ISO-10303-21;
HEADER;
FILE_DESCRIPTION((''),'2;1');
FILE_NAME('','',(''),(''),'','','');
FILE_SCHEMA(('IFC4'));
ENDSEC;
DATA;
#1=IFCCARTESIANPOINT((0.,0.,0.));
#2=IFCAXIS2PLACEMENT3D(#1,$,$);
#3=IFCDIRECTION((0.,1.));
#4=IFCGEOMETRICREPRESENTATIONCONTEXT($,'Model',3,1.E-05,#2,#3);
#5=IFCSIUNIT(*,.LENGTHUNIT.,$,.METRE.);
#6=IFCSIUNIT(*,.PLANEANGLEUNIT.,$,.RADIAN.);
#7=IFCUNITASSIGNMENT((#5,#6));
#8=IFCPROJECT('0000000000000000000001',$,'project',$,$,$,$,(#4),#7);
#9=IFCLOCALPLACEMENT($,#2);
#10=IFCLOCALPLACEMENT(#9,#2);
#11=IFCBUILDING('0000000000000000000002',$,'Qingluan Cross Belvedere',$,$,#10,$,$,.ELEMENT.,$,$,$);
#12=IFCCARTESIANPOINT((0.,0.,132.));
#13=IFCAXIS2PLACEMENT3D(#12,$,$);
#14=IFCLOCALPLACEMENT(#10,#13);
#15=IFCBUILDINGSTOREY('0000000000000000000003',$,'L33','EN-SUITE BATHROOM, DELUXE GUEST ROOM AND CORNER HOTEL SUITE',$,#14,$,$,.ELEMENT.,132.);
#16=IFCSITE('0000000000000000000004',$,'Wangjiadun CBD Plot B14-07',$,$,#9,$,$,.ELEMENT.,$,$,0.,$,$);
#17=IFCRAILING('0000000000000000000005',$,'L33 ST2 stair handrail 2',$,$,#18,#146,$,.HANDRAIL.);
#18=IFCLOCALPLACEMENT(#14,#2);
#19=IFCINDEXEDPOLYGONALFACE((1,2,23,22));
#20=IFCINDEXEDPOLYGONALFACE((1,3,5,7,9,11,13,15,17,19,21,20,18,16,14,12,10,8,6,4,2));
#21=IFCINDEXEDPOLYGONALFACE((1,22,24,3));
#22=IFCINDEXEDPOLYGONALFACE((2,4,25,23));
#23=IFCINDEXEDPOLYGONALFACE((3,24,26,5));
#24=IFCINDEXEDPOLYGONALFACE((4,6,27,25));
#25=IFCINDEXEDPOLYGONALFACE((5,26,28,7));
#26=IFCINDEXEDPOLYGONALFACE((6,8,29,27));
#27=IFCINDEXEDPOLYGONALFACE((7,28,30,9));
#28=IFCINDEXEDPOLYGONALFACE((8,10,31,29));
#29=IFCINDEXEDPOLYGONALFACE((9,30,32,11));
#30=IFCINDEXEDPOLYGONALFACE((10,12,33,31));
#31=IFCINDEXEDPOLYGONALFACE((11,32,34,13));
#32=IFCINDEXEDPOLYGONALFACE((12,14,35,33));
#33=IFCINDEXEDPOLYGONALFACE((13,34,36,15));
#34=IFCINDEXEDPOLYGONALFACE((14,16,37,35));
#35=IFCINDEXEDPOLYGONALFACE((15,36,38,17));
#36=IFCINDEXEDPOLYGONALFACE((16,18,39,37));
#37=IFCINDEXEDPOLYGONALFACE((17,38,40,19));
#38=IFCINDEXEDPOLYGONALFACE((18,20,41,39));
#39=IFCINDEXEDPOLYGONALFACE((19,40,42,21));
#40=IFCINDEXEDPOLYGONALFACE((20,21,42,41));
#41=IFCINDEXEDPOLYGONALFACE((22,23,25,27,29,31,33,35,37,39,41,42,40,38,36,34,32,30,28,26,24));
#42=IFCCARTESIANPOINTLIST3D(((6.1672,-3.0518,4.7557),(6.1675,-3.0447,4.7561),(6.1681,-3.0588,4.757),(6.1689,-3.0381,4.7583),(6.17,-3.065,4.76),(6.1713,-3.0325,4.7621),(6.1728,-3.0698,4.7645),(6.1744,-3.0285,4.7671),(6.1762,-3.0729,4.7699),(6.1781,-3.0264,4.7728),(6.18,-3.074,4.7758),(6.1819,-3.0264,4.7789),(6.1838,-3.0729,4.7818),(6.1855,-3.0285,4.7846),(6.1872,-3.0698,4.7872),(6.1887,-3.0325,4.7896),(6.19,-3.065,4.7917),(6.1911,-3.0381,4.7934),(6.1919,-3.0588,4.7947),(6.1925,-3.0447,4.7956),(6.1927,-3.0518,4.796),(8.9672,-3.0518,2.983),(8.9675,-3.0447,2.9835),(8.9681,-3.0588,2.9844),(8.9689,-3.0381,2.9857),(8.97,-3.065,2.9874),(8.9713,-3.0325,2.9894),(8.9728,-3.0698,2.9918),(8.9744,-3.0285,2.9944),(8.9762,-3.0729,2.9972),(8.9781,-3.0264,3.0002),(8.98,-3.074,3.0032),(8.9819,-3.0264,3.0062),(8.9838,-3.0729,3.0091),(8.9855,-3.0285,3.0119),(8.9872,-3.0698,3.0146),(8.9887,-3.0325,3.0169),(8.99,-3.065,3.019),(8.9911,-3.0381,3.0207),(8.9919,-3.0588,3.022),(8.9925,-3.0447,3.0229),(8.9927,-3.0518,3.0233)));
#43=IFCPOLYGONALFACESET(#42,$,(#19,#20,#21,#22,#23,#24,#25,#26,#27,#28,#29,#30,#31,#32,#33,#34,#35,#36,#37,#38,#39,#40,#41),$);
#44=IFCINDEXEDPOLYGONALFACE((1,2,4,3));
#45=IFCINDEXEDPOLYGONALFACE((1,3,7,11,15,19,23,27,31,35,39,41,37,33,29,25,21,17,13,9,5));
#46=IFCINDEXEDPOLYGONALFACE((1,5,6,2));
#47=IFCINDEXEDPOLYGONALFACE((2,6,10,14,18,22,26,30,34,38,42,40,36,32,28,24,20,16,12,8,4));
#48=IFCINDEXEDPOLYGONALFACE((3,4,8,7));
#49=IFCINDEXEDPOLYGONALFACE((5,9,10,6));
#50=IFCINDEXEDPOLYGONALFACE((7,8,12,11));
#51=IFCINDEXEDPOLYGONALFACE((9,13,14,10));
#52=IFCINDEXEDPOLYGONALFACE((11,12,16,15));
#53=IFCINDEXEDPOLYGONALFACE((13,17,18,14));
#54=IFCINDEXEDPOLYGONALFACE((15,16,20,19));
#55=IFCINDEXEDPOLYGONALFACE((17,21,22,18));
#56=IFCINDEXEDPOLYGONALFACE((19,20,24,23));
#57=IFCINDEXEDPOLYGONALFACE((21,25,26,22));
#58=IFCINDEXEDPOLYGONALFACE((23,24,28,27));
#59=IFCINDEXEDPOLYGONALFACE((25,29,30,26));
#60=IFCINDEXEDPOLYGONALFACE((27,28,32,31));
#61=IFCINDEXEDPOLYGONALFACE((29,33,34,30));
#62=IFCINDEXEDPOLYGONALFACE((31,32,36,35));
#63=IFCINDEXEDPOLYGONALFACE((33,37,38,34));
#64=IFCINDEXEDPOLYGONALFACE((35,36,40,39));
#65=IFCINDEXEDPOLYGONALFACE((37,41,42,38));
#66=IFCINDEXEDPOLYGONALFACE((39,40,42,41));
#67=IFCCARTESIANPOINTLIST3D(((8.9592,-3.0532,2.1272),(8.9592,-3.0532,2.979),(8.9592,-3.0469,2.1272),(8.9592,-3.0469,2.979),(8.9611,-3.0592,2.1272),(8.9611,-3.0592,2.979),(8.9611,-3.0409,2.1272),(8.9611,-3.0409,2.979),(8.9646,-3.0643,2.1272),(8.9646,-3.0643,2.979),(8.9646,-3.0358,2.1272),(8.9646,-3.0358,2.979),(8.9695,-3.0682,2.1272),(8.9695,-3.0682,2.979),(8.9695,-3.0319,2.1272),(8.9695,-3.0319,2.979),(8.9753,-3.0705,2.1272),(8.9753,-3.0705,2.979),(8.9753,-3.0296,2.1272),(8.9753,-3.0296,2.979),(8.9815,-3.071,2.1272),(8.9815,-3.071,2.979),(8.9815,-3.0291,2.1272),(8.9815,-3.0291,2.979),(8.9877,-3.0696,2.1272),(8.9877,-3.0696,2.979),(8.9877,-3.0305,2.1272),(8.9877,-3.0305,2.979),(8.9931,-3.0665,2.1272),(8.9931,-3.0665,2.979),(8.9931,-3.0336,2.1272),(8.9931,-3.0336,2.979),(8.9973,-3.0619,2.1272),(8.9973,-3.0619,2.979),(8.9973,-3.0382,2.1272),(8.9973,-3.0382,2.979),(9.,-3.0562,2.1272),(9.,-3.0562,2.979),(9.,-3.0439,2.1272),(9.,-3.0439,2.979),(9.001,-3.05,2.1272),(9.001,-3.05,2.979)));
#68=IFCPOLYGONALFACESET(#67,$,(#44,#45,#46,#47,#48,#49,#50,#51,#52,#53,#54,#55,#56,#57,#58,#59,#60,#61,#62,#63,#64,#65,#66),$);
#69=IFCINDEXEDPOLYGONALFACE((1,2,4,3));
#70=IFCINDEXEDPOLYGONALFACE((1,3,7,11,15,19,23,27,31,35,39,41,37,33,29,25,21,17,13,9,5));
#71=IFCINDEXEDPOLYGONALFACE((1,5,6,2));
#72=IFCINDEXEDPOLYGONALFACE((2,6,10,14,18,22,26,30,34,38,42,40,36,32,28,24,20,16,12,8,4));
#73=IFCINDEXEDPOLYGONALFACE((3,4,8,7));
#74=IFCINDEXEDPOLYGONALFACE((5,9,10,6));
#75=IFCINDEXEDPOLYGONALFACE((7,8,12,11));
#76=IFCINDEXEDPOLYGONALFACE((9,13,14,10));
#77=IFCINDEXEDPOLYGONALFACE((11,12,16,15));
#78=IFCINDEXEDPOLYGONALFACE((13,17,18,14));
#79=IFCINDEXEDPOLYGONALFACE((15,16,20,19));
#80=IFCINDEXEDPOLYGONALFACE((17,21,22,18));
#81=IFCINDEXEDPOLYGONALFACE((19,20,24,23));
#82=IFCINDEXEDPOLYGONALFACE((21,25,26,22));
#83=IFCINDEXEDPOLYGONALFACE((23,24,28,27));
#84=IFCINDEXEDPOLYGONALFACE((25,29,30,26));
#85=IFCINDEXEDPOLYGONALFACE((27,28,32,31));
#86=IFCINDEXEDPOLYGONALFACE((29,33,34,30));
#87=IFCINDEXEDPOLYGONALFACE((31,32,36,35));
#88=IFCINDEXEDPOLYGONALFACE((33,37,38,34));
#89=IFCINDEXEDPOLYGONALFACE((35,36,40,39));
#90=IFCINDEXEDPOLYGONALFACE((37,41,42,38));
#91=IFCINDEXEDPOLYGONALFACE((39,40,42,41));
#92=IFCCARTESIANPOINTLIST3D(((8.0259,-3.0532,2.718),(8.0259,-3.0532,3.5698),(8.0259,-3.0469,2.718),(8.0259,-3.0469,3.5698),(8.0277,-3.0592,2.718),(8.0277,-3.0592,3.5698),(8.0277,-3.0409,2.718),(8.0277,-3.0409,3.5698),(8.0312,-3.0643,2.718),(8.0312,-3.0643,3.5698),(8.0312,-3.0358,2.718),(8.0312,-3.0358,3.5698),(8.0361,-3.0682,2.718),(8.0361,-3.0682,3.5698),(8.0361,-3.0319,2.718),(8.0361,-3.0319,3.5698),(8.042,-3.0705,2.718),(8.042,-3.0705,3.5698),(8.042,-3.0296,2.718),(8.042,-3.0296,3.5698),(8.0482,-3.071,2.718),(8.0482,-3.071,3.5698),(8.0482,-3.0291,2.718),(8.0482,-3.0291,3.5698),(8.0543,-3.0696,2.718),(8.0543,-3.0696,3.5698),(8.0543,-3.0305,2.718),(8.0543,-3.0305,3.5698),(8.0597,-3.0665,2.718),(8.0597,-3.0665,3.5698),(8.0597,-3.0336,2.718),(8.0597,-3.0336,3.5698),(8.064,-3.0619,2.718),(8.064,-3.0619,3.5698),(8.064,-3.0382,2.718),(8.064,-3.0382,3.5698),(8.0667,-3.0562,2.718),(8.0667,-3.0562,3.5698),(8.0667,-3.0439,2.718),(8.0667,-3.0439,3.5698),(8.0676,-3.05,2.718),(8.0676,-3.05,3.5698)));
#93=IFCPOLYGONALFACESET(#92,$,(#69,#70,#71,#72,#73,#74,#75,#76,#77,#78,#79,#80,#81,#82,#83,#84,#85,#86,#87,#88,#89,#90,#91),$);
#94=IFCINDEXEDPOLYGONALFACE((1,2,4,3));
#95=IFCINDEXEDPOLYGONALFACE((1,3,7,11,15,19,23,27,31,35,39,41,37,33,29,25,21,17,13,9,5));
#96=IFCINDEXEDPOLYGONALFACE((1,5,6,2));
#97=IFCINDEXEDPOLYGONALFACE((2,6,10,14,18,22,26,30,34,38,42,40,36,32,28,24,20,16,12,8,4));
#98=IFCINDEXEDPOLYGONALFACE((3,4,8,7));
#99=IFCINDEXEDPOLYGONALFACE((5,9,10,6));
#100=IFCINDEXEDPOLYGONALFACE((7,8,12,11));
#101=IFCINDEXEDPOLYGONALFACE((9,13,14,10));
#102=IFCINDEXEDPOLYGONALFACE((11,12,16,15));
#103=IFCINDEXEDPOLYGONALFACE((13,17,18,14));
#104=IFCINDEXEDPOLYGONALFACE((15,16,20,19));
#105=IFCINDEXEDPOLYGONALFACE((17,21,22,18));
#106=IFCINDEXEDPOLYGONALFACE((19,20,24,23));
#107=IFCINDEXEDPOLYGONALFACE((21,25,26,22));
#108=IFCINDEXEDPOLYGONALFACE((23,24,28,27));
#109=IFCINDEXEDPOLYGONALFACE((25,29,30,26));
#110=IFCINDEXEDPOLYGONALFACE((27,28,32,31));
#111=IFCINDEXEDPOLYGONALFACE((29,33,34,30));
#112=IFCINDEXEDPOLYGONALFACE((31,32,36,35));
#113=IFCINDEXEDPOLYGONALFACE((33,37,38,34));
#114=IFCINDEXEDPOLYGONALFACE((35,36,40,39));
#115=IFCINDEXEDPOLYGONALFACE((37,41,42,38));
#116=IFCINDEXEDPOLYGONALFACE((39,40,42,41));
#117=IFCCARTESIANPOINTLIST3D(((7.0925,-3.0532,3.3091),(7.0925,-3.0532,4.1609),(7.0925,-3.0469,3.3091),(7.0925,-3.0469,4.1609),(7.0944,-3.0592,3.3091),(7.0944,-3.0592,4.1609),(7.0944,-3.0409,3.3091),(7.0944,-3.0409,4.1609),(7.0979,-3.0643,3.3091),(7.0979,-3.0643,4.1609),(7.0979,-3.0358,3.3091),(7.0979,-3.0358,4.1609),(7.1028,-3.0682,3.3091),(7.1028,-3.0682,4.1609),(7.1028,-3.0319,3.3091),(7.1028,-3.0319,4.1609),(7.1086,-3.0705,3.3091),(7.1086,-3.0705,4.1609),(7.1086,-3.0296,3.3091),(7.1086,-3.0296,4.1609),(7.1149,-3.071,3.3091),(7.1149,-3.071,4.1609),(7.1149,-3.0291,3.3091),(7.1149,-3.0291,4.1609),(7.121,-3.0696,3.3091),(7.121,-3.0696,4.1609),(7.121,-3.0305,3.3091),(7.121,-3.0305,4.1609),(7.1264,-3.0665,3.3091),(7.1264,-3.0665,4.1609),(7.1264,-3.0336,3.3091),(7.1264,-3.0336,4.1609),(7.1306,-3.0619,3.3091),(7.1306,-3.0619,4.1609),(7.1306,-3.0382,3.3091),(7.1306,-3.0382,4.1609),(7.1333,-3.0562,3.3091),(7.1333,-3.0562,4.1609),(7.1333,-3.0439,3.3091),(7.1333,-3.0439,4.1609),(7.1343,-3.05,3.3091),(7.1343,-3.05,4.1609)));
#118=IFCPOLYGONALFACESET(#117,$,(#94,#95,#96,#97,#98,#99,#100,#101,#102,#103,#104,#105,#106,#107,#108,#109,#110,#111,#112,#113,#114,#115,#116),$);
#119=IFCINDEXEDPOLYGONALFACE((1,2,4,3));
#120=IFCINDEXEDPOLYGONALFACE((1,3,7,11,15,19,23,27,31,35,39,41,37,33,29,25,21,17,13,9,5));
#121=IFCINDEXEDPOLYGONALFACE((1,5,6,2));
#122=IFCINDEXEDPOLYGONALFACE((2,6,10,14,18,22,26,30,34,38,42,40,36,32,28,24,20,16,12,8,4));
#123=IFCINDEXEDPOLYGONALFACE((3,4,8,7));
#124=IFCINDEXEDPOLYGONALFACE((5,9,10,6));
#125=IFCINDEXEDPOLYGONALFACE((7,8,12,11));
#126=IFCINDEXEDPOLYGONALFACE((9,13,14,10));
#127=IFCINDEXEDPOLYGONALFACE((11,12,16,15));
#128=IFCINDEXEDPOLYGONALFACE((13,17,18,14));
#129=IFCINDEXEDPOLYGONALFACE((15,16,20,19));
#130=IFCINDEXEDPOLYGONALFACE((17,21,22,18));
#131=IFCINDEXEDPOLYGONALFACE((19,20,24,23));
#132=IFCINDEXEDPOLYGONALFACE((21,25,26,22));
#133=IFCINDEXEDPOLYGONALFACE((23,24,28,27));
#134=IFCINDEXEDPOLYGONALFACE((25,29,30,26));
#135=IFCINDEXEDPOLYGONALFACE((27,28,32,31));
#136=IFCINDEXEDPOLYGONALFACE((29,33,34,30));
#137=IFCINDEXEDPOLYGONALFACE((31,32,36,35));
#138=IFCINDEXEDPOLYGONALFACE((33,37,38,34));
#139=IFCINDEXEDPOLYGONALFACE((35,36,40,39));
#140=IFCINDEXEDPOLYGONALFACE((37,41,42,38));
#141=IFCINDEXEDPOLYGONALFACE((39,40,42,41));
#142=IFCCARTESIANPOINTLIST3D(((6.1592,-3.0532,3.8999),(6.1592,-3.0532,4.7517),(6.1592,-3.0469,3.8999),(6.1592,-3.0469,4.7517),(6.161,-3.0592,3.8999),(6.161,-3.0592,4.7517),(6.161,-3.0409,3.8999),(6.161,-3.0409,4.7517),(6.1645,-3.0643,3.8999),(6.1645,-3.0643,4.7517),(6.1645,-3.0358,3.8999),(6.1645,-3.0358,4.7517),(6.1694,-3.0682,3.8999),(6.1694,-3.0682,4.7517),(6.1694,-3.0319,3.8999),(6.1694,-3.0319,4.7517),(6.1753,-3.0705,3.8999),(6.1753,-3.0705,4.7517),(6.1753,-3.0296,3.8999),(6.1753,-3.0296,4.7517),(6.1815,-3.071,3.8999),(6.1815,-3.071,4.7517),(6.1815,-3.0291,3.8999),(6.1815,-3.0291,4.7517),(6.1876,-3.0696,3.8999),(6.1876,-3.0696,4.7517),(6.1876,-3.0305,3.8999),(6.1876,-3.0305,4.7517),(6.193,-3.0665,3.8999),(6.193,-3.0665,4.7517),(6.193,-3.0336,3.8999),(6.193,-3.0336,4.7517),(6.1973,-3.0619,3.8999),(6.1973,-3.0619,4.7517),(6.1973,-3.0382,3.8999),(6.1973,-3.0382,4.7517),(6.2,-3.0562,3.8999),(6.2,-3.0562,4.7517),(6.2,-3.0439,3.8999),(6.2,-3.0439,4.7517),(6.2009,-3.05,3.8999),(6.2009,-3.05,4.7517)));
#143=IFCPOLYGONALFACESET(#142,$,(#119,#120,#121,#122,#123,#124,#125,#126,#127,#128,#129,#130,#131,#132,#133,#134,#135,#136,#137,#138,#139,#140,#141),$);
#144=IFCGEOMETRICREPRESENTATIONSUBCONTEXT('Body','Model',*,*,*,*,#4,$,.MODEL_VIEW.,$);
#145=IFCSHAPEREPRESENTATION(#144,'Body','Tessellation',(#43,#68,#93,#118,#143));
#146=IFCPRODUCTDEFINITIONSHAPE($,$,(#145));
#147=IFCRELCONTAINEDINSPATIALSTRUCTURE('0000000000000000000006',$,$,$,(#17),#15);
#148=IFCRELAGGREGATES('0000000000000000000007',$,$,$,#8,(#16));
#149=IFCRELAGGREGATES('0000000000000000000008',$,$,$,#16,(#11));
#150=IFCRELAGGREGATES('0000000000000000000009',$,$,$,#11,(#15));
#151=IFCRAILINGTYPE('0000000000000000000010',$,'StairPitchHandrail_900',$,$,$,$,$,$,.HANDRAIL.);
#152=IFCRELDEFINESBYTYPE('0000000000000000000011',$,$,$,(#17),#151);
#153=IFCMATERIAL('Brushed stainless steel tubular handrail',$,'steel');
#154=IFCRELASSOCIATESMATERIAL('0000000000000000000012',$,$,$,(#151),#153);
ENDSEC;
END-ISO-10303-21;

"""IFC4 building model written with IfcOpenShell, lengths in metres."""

from ifc_helpers import new_model, si_unit, direction, frame, origin, origin_2d, place, context, subcontext, project, spatial, circle, extrude, material, type_object, element, save


model = new_model("IFC4")

# Units and contexts
model_context = context("Model", 3, precision=1e-05, world=origin(), true_north=direction((0.0, 1.0)))
body_context = subcontext(model_context, "Body", "Model", "MODEL_VIEW")
ifc_project = project(units=[si_unit("LENGTHUNIT", "METRE"), si_unit("PLANEANGLEUNIT", "RADIAN")], contexts=[model_context])

# Site, building, storey
site_placement = place(None, origin())
site = spatial("IfcSite", under=ifc_project, at=site_placement, Name="Wangjiadun CBD Plot B14-07", CompositionType="ELEMENT", RefElevation=0.0)
building_placement = place(site_placement, origin())
building = spatial("IfcBuilding", under=site, at=building_placement, Name="Qingluan Cross Belvedere", CompositionType="ELEMENT")
storey_placement = place(building_placement, frame((0.0, 0.0, 132.0)))
storey = spatial("IfcBuildingStorey", under=building, at=storey_placement, Name="L33", Description="EN-SUITE BATHROOM, DELUXE GUEST ROOM AND CORNER HOTEL SUITE", CompositionType="ELEMENT", Elevation=132.0)

# Railing
ifc_material_1 = material(Name="Brushed stainless steel tubular handrail", Category="steel")
railing_type_1 = type_object("IfcRailingType", Name="StairPitchHandrail_900", PredefinedType="HANDRAIL", material=ifc_material_1)
railing_1_placement = place(storey_placement, frame((8.98, -3.05, 2.1272)))
element("IfcRailing", 1, at=railing_1_placement, inside=storey, type_object=railing_type_1, Name="L33 ST2 stair handrail 2", PredefinedType="HANDRAIL", context=body_context, shape_type="SweptSolid", body=[
    extrude(circle(Radius=0.0239, at=origin_2d()), frame((0.0, 0.0, 0.876), z_axis=(-0.844909, 0.0, 0.53491), x_axis=(0.0, -1.0, 0.0)), (0.0, 0.0, 1.0), 3.314),
    extrude(circle(Radius=0.021, at=origin_2d()), origin(), (0.0, 0.0, 1.0), 0.8518),
    extrude(circle(Radius=0.021, at=origin_2d()), frame((-0.9333, 0.0, 0.5908)), (0.0, 0.0, 1.0), 0.8518),
    extrude(circle(Radius=0.021, at=origin_2d()), frame((-1.8667, 0.0, 1.1819)), (0.0, 0.0, 1.0), 0.8518),
    extrude(circle(Radius=0.021, at=origin_2d()), frame((-2.8, 0.0, 1.7727)), (0.0, 0.0, 1.0), 0.8518),
])

save(model, "model.ifc")
